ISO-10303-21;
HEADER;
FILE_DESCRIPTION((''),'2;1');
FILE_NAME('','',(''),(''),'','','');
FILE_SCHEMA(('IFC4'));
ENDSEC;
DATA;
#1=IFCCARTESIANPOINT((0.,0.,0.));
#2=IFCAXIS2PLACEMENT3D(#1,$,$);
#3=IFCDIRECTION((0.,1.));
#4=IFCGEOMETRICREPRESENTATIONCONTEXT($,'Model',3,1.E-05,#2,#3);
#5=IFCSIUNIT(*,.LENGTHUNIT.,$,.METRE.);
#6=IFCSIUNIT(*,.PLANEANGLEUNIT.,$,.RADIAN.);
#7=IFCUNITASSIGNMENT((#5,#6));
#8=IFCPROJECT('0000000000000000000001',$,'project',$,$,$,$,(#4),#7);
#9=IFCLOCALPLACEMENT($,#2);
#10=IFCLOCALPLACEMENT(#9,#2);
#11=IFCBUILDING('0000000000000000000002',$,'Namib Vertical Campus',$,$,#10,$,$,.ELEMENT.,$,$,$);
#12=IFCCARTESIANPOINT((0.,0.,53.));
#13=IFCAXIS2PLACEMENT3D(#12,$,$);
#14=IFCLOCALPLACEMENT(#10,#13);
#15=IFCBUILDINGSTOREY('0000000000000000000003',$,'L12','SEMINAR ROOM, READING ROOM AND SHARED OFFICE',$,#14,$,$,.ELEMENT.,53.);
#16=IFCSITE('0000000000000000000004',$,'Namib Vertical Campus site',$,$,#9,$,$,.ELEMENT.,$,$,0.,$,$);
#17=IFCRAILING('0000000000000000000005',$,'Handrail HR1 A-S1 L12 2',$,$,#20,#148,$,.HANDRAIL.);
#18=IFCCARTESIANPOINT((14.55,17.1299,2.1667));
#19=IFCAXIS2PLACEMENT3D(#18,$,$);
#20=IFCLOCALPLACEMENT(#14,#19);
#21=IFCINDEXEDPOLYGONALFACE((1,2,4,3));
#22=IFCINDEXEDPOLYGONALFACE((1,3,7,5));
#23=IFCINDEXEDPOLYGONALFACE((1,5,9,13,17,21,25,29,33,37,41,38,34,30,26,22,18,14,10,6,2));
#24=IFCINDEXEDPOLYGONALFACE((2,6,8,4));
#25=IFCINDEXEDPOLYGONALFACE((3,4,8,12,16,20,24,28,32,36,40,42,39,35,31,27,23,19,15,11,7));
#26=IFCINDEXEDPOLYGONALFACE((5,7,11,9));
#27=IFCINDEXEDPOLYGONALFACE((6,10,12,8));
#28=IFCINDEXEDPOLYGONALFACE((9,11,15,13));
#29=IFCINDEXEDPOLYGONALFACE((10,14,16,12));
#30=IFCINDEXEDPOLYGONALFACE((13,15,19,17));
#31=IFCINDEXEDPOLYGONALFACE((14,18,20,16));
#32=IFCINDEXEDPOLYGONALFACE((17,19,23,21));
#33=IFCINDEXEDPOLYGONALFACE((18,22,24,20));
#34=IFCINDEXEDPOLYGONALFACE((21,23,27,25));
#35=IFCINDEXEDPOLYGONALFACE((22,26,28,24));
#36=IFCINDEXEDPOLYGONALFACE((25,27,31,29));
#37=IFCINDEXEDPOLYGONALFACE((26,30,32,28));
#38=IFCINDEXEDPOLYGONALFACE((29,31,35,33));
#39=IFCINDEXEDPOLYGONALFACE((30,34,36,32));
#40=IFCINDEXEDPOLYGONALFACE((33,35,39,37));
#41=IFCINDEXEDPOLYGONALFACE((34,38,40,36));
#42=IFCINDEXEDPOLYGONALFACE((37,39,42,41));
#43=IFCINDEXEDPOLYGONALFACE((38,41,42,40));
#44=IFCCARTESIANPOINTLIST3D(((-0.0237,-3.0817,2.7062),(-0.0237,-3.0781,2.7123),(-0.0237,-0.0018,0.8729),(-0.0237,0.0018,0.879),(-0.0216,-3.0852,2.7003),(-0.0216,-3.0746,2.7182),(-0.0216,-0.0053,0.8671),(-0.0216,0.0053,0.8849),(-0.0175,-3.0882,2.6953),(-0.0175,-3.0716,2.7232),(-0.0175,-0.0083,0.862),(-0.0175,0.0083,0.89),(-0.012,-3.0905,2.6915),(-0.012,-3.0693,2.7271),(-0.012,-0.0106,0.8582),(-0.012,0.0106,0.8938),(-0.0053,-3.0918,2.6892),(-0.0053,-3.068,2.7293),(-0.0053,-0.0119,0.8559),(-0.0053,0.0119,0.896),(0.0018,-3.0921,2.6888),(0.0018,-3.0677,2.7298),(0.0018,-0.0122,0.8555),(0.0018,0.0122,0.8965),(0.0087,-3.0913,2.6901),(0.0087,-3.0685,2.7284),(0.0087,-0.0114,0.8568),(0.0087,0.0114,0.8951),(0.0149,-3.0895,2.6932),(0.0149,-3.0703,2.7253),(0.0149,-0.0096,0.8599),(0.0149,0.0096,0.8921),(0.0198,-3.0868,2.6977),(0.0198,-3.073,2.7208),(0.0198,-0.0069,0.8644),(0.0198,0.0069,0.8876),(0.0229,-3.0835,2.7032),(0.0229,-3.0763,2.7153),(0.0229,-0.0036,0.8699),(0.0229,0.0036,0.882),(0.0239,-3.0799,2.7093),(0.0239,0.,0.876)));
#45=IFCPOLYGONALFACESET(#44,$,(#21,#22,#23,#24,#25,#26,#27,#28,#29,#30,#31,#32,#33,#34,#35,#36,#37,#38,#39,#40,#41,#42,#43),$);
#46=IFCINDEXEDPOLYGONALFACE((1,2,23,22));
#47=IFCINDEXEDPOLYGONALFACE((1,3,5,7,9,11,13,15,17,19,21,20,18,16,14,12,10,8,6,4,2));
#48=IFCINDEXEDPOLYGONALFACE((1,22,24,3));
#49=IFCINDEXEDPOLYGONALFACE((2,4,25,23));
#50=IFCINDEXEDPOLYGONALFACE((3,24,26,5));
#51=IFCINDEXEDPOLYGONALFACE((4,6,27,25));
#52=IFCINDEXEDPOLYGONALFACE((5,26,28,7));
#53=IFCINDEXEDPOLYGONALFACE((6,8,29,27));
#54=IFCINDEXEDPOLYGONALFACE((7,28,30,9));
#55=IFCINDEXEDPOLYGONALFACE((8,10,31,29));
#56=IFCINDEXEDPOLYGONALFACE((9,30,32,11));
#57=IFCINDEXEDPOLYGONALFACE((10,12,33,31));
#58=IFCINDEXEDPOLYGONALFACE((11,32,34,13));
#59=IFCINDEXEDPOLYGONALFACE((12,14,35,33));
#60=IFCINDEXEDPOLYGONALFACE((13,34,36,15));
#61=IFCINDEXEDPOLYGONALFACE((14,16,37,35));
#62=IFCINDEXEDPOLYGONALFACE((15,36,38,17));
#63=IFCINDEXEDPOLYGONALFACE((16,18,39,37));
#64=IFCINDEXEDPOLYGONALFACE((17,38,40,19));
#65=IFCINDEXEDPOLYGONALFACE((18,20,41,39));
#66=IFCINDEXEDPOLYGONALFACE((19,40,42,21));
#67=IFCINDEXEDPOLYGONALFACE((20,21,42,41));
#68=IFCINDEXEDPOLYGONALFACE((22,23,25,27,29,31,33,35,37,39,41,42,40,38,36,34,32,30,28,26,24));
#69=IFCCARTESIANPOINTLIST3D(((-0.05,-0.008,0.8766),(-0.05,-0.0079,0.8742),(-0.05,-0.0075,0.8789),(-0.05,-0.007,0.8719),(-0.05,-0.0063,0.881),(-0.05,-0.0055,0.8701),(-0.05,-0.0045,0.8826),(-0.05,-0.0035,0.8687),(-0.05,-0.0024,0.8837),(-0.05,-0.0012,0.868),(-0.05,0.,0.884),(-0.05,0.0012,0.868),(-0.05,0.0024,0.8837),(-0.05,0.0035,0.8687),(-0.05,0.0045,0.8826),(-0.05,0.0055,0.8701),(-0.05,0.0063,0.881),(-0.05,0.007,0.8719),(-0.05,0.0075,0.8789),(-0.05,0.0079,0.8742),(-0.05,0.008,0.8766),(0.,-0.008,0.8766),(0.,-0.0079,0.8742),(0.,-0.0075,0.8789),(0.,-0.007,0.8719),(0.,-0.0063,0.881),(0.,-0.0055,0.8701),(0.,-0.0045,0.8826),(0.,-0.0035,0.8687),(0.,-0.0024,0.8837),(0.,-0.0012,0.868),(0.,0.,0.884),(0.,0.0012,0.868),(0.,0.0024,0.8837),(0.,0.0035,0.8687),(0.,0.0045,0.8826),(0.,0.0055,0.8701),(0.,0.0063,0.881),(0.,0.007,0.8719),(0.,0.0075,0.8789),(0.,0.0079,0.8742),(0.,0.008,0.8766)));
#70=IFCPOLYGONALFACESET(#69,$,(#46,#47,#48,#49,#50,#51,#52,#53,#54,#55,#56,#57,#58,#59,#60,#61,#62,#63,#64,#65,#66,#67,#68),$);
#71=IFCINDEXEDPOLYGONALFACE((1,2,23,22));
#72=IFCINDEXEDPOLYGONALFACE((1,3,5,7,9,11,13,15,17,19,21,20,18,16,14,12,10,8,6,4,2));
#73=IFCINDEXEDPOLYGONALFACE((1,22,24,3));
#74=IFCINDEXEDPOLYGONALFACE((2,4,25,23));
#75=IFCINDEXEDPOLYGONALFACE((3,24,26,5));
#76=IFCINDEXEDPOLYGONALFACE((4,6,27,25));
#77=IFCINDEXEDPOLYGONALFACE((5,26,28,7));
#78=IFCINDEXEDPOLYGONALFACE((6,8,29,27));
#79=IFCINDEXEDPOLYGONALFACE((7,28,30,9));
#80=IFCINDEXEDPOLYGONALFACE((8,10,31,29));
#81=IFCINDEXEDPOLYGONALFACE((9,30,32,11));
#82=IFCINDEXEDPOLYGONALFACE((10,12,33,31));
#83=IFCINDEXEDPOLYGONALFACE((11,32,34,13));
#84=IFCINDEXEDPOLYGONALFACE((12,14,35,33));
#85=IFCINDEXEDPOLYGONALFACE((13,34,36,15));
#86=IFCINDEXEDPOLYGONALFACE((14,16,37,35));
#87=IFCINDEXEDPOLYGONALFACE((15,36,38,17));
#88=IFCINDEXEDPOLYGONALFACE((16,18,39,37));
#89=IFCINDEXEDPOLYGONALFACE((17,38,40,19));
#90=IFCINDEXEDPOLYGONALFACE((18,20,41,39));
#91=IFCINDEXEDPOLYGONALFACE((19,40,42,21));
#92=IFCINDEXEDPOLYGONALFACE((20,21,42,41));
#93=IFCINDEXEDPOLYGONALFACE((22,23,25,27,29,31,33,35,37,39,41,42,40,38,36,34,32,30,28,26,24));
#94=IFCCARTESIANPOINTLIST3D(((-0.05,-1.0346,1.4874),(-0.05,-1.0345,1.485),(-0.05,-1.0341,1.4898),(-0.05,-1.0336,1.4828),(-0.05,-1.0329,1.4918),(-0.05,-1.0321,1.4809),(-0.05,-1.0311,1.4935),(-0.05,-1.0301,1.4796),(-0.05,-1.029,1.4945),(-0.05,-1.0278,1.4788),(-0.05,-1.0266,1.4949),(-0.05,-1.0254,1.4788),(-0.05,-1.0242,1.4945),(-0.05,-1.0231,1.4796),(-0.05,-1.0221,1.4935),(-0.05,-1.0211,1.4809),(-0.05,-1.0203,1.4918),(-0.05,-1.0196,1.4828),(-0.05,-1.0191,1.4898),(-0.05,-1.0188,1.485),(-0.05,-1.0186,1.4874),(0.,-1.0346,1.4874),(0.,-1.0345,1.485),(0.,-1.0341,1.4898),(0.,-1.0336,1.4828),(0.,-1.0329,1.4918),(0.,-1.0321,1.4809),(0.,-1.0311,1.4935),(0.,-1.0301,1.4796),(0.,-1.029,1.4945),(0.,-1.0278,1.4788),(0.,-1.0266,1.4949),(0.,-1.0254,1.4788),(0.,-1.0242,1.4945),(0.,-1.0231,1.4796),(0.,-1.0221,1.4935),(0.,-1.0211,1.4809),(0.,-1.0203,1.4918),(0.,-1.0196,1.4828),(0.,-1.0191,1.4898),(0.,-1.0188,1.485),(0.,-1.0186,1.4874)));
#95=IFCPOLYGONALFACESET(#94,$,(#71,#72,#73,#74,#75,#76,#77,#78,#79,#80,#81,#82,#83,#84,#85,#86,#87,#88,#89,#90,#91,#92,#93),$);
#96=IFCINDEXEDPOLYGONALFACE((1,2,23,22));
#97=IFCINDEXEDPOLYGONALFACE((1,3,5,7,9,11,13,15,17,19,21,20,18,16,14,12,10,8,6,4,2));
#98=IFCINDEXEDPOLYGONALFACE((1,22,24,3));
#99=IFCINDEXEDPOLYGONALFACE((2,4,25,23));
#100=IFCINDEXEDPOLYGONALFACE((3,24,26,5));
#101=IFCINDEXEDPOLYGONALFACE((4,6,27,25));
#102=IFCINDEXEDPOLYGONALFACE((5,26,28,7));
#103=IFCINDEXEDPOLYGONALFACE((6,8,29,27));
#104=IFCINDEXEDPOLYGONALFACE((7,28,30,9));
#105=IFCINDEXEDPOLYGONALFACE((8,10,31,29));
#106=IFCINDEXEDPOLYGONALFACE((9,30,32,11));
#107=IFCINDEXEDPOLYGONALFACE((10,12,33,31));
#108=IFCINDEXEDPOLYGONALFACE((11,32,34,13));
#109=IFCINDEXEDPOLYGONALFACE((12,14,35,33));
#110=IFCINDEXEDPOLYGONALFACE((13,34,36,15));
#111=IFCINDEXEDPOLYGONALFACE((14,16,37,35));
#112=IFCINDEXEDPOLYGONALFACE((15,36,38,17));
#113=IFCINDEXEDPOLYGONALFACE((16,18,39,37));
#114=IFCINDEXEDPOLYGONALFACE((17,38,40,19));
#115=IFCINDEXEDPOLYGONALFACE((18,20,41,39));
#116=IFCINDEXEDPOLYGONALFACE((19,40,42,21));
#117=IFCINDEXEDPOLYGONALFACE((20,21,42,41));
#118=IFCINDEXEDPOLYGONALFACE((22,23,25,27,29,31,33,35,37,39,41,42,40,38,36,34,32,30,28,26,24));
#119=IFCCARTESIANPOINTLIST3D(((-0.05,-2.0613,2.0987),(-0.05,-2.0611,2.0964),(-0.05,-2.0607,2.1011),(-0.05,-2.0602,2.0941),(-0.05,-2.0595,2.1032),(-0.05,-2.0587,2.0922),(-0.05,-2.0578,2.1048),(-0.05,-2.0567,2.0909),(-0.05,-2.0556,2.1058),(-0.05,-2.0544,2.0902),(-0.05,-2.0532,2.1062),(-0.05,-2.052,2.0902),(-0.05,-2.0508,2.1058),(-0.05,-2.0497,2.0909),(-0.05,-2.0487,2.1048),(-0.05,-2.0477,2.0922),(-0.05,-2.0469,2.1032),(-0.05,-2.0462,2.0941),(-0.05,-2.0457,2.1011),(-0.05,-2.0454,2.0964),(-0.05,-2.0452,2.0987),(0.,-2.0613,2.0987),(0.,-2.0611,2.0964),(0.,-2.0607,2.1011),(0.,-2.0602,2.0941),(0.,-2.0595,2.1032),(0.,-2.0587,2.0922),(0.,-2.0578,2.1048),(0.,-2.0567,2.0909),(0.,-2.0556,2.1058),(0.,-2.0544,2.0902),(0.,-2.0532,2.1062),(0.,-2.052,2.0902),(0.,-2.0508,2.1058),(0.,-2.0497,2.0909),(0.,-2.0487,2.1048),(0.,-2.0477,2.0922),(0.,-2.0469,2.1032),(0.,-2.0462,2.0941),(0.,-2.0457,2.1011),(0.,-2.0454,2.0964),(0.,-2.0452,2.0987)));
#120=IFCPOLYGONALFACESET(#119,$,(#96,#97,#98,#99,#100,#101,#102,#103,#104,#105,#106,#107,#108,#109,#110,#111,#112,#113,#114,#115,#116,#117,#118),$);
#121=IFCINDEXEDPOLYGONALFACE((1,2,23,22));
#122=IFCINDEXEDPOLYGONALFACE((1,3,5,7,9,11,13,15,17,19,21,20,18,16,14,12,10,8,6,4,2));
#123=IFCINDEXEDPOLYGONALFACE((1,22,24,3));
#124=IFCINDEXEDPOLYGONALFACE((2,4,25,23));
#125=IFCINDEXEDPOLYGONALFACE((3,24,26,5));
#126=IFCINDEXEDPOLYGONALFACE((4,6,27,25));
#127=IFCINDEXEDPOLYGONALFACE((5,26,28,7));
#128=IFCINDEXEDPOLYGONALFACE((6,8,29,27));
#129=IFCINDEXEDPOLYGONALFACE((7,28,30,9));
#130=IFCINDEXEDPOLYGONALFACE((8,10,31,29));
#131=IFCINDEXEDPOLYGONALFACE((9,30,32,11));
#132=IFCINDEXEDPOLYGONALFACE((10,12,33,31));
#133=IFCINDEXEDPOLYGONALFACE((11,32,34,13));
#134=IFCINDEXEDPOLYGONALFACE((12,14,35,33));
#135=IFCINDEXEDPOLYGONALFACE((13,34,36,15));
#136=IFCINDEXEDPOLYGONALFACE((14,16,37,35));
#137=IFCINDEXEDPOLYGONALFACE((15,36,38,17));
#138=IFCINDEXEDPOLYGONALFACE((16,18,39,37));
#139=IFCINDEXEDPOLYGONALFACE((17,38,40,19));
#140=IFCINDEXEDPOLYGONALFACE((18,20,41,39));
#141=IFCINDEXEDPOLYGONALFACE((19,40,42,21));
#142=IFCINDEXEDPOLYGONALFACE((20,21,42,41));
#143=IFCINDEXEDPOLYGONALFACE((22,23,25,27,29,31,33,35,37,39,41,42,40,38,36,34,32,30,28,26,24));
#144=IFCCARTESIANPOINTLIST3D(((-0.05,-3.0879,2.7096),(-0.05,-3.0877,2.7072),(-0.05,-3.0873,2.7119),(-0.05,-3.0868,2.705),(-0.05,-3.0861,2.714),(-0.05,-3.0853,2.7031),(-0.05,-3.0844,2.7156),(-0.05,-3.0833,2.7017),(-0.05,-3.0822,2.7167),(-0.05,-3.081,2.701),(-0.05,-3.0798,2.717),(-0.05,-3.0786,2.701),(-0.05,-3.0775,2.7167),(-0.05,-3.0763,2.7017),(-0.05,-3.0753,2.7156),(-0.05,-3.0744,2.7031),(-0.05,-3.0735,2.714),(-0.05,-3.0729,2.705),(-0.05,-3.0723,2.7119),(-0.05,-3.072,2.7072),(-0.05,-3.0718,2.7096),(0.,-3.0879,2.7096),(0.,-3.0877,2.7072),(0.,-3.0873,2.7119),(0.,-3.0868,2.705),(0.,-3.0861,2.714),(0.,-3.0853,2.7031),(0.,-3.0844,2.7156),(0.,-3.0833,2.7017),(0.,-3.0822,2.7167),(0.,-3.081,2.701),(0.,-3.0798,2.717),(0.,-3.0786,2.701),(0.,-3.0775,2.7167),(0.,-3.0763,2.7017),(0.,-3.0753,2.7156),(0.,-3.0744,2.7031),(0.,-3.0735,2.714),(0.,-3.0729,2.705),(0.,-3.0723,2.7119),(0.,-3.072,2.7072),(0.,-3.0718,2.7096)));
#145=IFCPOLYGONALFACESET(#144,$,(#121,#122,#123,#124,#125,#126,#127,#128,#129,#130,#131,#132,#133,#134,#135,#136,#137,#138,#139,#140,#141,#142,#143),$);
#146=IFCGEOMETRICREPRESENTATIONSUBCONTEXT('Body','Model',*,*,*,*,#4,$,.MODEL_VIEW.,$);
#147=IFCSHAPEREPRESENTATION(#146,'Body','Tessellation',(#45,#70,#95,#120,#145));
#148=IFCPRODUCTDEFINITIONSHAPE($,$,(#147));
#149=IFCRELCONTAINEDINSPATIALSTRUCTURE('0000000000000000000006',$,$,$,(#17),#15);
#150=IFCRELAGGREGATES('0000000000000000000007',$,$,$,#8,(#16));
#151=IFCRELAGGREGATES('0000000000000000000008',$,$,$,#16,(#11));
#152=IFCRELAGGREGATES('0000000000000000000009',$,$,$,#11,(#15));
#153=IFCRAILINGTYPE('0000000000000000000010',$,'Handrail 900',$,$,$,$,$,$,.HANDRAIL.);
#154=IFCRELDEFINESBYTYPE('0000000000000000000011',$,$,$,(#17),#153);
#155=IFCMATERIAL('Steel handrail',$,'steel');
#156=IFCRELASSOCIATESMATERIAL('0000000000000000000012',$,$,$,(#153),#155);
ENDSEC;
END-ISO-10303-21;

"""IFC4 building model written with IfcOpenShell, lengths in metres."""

from ifc_helpers import new_model, si_unit, direction, frame, origin, origin_2d, place, context, subcontext, project, spatial, circle, extrude, material, type_object, element, save


model = new_model("IFC4")

# Units and contexts
model_context = context("Model", 3, precision=1e-05, world=origin(), true_north=direction((0.0, 1.0)))
body_context = subcontext(model_context, "Body", "Model", "MODEL_VIEW")
ifc_project = project(units=[si_unit("LENGTHUNIT", "METRE"), si_unit("PLANEANGLEUNIT", "RADIAN")], contexts=[model_context])

# Site, building, storey
site_placement = place(None, origin())
site = spatial("IfcSite", under=ifc_project, at=site_placement, Name="Namib Vertical Campus site", CompositionType="ELEMENT", RefElevation=0.0)
building_placement = place(site_placement, origin())
building = spatial("IfcBuilding", under=site, at=building_placement, Name="Namib Vertical Campus", CompositionType="ELEMENT")
storey_placement = place(building_placement, frame((0.0, 0.0, 53.0)))
storey = spatial("IfcBuildingStorey", under=building, at=storey_placement, Name="L12", Description="SEMINAR ROOM, READING ROOM AND SHARED OFFICE", CompositionType="ELEMENT", Elevation=53.0)

# Railing
ifc_material_1 = material(Name="Steel handrail", Category="steel")
railing_type_1 = type_object("IfcRailingType", Name="Handrail 900", PredefinedType="HANDRAIL", material=ifc_material_1)
railing_1_placement = place(storey_placement, frame((14.55, 17.1299, 2.1667)))
element("IfcRailing", 1, at=railing_1_placement, inside=storey, type_object=railing_type_1, Name="Handrail HR1 A-S1 L12 2", PredefinedType="HANDRAIL", context=body_context, shape_type="SweptSolid", body=[
    extrude(circle(Radius=0.0239, at=origin_2d()), frame((0.0, 0.0, 0.876), z_axis=(0.0, -0.859291, 0.511487), x_axis=(1.0, 0.0, 0.0)), (0.0, 0.0, 1.0), 3.5842),
    extrude(circle(Radius=0.0081, at=origin_2d()), frame((0.0, 0.0, 0.876), z_axis=(-1.0, 0.0, 0.0), x_axis=(0.0, 0.0, 1.0)), (0.0, 0.0, 1.0), 0.05),
    extrude(circle(Radius=0.0081, at=origin_2d()), frame((0.0, -1.0266, 1.4868), z_axis=(-1.0, 0.0, 0.0), x_axis=(0.0, 0.0, 1.0)), (0.0, 0.0, 1.0), 0.05),
    extrude(circle(Radius=0.0081, at=origin_2d()), frame((0.0, -2.0532, 2.0981), z_axis=(-1.0, 0.0, 0.0), x_axis=(0.0, 0.0, 1.0)), (0.0, 0.0, 1.0), 0.05),
    extrude(circle(Radius=0.0081, at=origin_2d()), frame((0.0, -3.0798, 2.709), z_axis=(-1.0, 0.0, 0.0), x_axis=(0.0, 0.0, 1.0)), (0.0, 0.0, 1.0), 0.05),
])

save(model, "model.ifc")
